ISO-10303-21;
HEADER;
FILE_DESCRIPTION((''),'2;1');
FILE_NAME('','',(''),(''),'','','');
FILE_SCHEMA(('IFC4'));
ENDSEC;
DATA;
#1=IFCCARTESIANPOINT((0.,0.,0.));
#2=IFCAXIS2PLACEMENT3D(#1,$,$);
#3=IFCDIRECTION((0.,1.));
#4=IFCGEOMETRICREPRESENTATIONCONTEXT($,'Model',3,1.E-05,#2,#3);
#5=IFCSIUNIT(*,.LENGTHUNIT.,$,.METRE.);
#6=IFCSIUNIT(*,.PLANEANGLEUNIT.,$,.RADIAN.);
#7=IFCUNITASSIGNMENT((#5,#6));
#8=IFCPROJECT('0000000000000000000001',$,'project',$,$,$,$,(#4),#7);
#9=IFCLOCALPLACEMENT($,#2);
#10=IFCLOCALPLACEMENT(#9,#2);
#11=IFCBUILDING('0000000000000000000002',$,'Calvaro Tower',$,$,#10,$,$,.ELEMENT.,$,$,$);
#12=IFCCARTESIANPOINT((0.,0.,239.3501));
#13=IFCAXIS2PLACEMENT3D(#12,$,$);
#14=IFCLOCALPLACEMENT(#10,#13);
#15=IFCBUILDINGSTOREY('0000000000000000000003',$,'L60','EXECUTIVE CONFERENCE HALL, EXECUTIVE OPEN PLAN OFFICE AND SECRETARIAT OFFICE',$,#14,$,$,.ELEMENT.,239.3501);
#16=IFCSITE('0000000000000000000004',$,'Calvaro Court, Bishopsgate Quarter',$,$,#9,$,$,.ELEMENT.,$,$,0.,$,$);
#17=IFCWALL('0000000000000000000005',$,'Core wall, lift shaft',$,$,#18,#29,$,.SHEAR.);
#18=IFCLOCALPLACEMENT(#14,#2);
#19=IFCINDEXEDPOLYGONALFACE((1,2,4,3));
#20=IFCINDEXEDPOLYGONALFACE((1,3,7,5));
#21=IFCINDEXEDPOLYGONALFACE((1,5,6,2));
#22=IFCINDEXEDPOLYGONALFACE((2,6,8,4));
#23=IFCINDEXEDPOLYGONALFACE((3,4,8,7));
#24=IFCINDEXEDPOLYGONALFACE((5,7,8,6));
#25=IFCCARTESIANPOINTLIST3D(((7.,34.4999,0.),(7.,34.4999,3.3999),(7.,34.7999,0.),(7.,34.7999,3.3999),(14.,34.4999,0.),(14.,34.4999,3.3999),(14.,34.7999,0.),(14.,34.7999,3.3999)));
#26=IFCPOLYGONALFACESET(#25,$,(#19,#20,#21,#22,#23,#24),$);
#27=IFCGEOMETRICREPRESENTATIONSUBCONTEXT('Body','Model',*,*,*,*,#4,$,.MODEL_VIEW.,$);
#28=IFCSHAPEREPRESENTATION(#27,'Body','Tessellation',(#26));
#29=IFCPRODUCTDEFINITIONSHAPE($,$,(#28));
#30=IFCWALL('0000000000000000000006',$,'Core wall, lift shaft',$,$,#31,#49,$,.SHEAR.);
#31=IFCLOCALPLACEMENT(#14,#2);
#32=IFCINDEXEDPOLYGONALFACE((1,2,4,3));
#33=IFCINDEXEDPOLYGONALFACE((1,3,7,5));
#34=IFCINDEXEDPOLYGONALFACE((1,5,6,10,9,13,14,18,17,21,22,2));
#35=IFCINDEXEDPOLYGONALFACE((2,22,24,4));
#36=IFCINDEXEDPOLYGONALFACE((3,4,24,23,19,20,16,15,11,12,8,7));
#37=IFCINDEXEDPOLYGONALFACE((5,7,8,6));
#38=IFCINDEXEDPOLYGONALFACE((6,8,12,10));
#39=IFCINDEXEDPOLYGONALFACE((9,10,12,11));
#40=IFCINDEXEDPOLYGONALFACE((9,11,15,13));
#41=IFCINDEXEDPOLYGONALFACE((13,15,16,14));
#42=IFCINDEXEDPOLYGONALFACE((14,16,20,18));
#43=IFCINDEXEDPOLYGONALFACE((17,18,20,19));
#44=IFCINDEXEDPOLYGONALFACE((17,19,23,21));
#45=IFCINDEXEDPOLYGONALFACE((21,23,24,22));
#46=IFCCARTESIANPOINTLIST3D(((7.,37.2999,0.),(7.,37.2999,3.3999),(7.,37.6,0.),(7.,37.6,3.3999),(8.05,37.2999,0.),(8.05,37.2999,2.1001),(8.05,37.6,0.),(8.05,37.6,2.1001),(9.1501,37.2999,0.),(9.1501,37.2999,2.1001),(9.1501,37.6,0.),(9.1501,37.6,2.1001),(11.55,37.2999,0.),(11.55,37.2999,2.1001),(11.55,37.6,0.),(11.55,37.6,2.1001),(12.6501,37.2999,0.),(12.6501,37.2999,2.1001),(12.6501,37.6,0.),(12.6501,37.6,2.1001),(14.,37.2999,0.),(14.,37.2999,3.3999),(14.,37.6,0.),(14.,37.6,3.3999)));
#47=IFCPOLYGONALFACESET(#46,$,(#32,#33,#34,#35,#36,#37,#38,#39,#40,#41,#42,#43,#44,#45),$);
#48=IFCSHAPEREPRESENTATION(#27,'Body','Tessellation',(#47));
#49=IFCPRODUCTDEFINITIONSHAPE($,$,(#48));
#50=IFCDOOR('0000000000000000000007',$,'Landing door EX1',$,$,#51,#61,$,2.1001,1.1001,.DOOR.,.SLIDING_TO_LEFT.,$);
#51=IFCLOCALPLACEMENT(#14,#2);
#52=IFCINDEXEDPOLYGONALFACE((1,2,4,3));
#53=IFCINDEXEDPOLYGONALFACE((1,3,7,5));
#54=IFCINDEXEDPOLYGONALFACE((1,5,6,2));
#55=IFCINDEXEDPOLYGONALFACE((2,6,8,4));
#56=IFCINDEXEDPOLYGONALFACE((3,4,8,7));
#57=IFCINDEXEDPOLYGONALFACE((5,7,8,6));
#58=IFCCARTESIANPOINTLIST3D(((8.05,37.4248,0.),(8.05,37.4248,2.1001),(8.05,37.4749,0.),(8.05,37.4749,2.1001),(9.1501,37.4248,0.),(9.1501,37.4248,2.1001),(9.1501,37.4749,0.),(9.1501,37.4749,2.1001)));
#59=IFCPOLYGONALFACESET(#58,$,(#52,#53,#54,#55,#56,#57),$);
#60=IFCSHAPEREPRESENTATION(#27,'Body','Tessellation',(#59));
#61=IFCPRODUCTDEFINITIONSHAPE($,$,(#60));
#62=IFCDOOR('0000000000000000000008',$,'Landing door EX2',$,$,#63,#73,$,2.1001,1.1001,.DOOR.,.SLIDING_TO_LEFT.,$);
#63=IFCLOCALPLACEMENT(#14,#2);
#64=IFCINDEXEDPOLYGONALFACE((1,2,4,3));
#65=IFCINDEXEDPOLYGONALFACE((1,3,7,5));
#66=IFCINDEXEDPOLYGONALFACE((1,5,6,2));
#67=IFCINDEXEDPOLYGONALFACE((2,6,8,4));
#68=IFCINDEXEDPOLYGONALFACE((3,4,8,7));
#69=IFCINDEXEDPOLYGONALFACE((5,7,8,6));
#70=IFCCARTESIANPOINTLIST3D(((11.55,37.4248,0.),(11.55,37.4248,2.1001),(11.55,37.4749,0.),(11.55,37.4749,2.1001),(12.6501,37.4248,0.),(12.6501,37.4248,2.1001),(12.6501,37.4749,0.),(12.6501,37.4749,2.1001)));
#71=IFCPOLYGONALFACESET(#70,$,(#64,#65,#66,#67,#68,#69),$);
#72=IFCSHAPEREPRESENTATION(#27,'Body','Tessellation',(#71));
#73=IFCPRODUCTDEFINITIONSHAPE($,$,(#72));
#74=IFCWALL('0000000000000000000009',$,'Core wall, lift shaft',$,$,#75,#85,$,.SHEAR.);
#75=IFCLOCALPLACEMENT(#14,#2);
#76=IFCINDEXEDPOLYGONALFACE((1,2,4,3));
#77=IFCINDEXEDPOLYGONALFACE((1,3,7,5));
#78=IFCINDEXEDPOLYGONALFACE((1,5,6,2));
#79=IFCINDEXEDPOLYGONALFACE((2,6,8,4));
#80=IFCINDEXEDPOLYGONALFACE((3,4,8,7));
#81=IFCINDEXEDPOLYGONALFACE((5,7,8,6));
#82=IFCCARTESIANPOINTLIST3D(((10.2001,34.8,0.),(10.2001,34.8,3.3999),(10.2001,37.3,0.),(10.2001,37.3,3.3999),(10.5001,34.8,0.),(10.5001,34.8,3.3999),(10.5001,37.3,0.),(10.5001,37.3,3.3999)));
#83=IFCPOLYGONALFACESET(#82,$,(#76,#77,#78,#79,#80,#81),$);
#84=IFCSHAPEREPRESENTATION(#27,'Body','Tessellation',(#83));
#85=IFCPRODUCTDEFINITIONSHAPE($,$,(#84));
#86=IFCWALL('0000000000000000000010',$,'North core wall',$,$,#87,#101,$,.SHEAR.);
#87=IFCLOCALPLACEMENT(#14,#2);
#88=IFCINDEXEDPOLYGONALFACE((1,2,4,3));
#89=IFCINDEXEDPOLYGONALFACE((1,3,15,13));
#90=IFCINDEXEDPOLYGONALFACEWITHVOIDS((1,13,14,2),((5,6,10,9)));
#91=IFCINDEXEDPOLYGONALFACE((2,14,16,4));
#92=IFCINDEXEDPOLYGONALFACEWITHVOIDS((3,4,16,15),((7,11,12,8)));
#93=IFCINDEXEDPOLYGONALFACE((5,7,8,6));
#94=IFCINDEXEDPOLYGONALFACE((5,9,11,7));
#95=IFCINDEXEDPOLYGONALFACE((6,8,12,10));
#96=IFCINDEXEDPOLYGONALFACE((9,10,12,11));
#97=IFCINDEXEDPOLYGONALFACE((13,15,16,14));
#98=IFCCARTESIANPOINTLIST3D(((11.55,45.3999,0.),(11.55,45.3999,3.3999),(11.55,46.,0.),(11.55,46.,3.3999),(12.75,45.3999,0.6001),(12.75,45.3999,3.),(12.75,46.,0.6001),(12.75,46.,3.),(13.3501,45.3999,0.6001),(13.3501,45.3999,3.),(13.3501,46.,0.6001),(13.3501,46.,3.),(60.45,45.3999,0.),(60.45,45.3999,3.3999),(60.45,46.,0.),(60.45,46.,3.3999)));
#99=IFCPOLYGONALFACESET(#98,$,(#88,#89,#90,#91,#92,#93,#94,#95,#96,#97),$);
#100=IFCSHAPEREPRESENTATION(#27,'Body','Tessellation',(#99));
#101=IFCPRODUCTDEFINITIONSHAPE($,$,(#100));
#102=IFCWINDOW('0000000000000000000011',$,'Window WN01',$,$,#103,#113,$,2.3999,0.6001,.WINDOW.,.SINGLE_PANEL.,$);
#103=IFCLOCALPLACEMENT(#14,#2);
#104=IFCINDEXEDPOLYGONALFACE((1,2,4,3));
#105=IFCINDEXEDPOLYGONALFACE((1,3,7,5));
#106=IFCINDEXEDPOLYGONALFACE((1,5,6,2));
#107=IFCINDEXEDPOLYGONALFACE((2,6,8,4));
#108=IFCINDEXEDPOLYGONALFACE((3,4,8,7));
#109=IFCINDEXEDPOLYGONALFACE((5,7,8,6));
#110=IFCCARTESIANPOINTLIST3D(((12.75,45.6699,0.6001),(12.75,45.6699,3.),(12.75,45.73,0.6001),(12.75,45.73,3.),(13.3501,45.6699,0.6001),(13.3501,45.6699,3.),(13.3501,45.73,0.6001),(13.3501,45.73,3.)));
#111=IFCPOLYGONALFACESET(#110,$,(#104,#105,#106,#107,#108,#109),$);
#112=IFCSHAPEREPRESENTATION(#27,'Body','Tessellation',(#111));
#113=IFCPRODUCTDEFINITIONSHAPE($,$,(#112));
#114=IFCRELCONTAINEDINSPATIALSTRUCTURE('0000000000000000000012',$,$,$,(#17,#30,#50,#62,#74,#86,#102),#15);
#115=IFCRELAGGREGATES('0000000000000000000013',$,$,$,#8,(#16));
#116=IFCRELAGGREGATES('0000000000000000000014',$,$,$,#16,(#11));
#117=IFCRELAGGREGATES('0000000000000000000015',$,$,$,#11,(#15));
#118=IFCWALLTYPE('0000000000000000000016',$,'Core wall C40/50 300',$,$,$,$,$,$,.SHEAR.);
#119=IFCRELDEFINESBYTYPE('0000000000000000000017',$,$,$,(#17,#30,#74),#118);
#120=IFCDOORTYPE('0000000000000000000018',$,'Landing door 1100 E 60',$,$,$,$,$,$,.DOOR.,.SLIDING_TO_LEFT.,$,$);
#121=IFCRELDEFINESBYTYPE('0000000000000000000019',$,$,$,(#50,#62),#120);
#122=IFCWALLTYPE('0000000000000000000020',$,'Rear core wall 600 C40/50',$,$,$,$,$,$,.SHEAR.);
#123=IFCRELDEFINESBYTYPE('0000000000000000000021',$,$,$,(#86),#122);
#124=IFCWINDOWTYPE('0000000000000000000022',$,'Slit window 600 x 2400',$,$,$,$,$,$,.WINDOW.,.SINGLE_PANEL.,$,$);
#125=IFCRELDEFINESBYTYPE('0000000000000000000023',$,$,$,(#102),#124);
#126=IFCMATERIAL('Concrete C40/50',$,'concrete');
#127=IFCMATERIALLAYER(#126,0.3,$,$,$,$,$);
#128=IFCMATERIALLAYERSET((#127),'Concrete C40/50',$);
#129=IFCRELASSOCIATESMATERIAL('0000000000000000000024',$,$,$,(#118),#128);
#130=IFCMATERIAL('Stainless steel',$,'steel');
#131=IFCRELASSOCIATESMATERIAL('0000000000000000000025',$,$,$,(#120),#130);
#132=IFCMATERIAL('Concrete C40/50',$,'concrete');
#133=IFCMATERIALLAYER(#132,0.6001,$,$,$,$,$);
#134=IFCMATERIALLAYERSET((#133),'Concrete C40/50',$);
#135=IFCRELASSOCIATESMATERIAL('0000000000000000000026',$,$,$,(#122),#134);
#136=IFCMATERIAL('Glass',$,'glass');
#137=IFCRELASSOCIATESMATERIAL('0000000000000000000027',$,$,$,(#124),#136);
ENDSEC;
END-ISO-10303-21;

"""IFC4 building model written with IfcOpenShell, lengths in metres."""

from ifc_helpers import new_model, si_unit, direction, frame, frame_2d, origin, place, context, subcontext, project, spatial, rectangle, extrude, material, layer, layer_set, type_object, element, fill, save


model = new_model("IFC4")

# Units and contexts
model_context = context("Model", 3, precision=1e-05, world=origin(), true_north=direction((0.0, 1.0)))
body_context = subcontext(model_context, "Body", "Model", "MODEL_VIEW")
ifc_project = project(units=[si_unit("LENGTHUNIT", "METRE"), si_unit("PLANEANGLEUNIT", "RADIAN")], contexts=[model_context])

# Site, building, storey
site_placement = place(None, origin())
site = spatial("IfcSite", under=ifc_project, at=site_placement, Name="Calvaro Court, Bishopsgate Quarter", CompositionType="ELEMENT", RefElevation=0.0)
building_placement = place(site_placement, origin())
building = spatial("IfcBuilding", under=site, at=building_placement, Name="Calvaro Tower", CompositionType="ELEMENT")
storey_placement = place(building_placement, frame((0.0, 0.0, 239.3501)))
storey = spatial("IfcBuildingStorey", under=building, at=storey_placement, Name="L60", Description="EXECUTIVE CONFERENCE HALL, EXECUTIVE OPEN PLAN OFFICE AND SECRETARIAT OFFICE", CompositionType="ELEMENT", Elevation=239.3501)

# Wall
ifc_material_1 = material(Name="Concrete C40/50", Category="concrete")
ifc_layer_1 = layer(ifc_material_1, 0.3)
ifc_layer_set_1 = layer_set([ifc_layer_1], Name="Concrete C40/50")
wall_type_1 = type_object("IfcWallType", Name="Core wall C40/50 300", PredefinedType="SHEAR", material=ifc_layer_set_1)
wall_1_placement = place(storey_placement, frame((7.0, 34.6499, 0.0), z_axis=(0.0, 0.0, 1.0), x_axis=(1.0, 0.0, 0.0)))
element("IfcWall", 1, at=wall_1_placement, inside=storey, type_object=wall_type_1, Name="Core wall, lift shaft", PredefinedType="SHEAR", context=body_context, shape_type="SweptSolid", body=[
    extrude(rectangle(XDim=7.0, YDim=0.3, at=frame_2d((3.5, 0.0))), origin(), (0.0, 0.0, 1.0), 3.3999),
])

# Wall, openings, doors
wall_2_placement = place(storey_placement, frame((7.0, 37.45, 0.0), z_axis=(0.0, 0.0, 1.0), x_axis=(1.0, 0.0, 0.0)))
wall_2 = element("IfcWall", 2, at=wall_2_placement, inside=storey, type_object=wall_type_1, Name="Core wall, lift shaft", PredefinedType="SHEAR", context=body_context, shape_type="SweptSolid", body=[
    extrude(rectangle(XDim=7.0, YDim=0.3, at=frame_2d((3.5, 0.0))), origin(), (0.0, 0.0, 1.0), 3.3999),
])
opening_1_placement = place(wall_2_placement, frame((1.05, 0.0, 0.0)))
opening_1 = element("IfcOpeningElement", 3, at=opening_1_placement, cuts=wall_2, PredefinedType="OPENING", context=body_context, shape_type="SweptSolid", body=[
    extrude(rectangle(XDim=1.1001, YDim=2.1001, at=frame_2d((0.55, 1.05))), frame((0.0, 0.1599, 0.0), z_axis=(0.0, -1.0, 0.0), x_axis=(1.0, 0.0, 0.0)), (0.0, 0.0, 1.0), 0.3201),
])
opening_2_placement = place(wall_2_placement, frame((4.55, 0.0, 0.0)))
opening_2 = element("IfcOpeningElement", 4, at=opening_2_placement, cuts=wall_2, PredefinedType="OPENING", context=body_context, shape_type="SweptSolid", body=[
    extrude(rectangle(XDim=1.1001, YDim=2.1001, at=frame_2d((0.55, 1.05))), frame((0.0, 0.1599, 0.0), z_axis=(0.0, -1.0, 0.0), x_axis=(1.0, 0.0, 0.0)), (0.0, 0.0, 1.0), 0.3201),
])
ifc_material_2 = material(Name="Stainless steel", Category="steel")
door_type_1 = type_object("IfcDoorType", Name="Landing door 1100 E 60", OperationType="SLIDING_TO_LEFT", PredefinedType="DOOR", material=ifc_material_2)
door_1_placement = place(opening_1_placement, origin())
door_1 = element("IfcDoor", 5, at=door_1_placement, inside=storey, type_object=door_type_1, Name="Landing door EX1", OperationType="SLIDING_TO_LEFT", OverallHeight=2.1001, OverallWidth=1.1001, PredefinedType="DOOR", context=body_context, shape_type="SweptSolid", body=[
    extrude(rectangle(XDim=1.1001, YDim=2.1001, at=frame_2d((0.55, 1.05))), frame((0.0, 0.0249, 0.0), z_axis=(0.0, -1.0, 0.0), x_axis=(1.0, 0.0, 0.0)), (0.0, 0.0, 1.0), 0.05),
])
fill(opening_1, door_1)
door_2_placement = place(opening_2_placement, origin())
door_2 = element("IfcDoor", 6, at=door_2_placement, inside=storey, type_object=door_type_1, Name="Landing door EX2", OperationType="SLIDING_TO_LEFT", OverallHeight=2.1001, OverallWidth=1.1001, PredefinedType="DOOR", context=body_context, shape_type="SweptSolid", body=[
    extrude(rectangle(XDim=1.1001, YDim=2.1001, at=frame_2d((0.55, 1.05))), frame((0.0, 0.0249, 0.0), z_axis=(0.0, -1.0, 0.0), x_axis=(1.0, 0.0, 0.0)), (0.0, 0.0, 1.0), 0.05),
])
fill(opening_2, door_2)

# Wall
wall_3_placement = place(storey_placement, frame((10.3501, 34.8, 0.0), z_axis=(0.0, 0.0, 1.0), x_axis=(0.0, 1.0, 0.0)))
element("IfcWall", 7, at=wall_3_placement, inside=storey, type_object=wall_type_1, Name="Core wall, lift shaft", PredefinedType="SHEAR", context=body_context, shape_type="SweptSolid", body=[
    extrude(rectangle(XDim=2.5, YDim=0.3, at=frame_2d((1.25, 0.0))), origin(), (0.0, 0.0, 1.0), 3.3999),
])

# Wall, opening, window
ifc_material_3 = material(Name="Concrete C40/50", Category="concrete")
ifc_layer_2 = layer(ifc_material_3, 0.6001)
ifc_layer_set_2 = layer_set([ifc_layer_2], Name="Concrete C40/50")
wall_type_2 = type_object("IfcWallType", Name="Rear core wall 600 C40/50", PredefinedType="SHEAR", material=ifc_layer_set_2)
wall_4_placement = place(storey_placement, frame((11.55, 45.7, 0.0), z_axis=(0.0, 0.0, 1.0), x_axis=(1.0, 0.0, 0.0)))
wall_4 = element("IfcWall", 8, at=wall_4_placement, inside=storey, type_object=wall_type_2, Name="North core wall", PredefinedType="SHEAR", context=body_context, shape_type="SweptSolid", body=[
    extrude(rectangle(XDim=48.8999, YDim=0.6001, at=frame_2d((24.45, 0.0))), origin(), (0.0, 0.0, 1.0), 3.3999),
])
opening_3_placement = place(wall_4_placement, frame((1.2, 0.0, 0.6001)))
opening_3 = element("IfcOpeningElement", 9, at=opening_3_placement, cuts=wall_4, PredefinedType="OPENING", context=body_context, shape_type="SweptSolid", body=[
    extrude(rectangle(XDim=0.6001, YDim=2.3999, at=frame_2d((0.3, 1.2))), frame((0.0, 0.3101, 0.0), z_axis=(0.0, -1.0, 0.0), x_axis=(1.0, 0.0, 0.0)), (0.0, 0.0, 1.0), 0.6201),
])
ifc_material_4 = material(Name="Glass", Category="glass")
window_type = type_object("IfcWindowType", Name="Slit window 600 x 2400", PartitioningType="SINGLE_PANEL", PredefinedType="WINDOW", material=ifc_material_4)
window_placement = place(opening_3_placement, origin())
window = element("IfcWindow", 10, at=window_placement, inside=storey, type_object=window_type, Name="Window WN01", OverallHeight=2.3999, OverallWidth=0.6001, PartitioningType="SINGLE_PANEL", PredefinedType="WINDOW", context=body_context, shape_type="SweptSolid", body=[
    extrude(rectangle(XDim=0.6001, YDim=2.3999, at=frame_2d((0.3, 1.2))), frame((0.0, 0.03, 0.0), z_axis=(0.0, -1.0, 0.0), x_axis=(1.0, 0.0, 0.0)), (0.0, 0.0, 1.0), 0.0601),
])
fill(opening_3, window)

save(model, "model.ifc")
